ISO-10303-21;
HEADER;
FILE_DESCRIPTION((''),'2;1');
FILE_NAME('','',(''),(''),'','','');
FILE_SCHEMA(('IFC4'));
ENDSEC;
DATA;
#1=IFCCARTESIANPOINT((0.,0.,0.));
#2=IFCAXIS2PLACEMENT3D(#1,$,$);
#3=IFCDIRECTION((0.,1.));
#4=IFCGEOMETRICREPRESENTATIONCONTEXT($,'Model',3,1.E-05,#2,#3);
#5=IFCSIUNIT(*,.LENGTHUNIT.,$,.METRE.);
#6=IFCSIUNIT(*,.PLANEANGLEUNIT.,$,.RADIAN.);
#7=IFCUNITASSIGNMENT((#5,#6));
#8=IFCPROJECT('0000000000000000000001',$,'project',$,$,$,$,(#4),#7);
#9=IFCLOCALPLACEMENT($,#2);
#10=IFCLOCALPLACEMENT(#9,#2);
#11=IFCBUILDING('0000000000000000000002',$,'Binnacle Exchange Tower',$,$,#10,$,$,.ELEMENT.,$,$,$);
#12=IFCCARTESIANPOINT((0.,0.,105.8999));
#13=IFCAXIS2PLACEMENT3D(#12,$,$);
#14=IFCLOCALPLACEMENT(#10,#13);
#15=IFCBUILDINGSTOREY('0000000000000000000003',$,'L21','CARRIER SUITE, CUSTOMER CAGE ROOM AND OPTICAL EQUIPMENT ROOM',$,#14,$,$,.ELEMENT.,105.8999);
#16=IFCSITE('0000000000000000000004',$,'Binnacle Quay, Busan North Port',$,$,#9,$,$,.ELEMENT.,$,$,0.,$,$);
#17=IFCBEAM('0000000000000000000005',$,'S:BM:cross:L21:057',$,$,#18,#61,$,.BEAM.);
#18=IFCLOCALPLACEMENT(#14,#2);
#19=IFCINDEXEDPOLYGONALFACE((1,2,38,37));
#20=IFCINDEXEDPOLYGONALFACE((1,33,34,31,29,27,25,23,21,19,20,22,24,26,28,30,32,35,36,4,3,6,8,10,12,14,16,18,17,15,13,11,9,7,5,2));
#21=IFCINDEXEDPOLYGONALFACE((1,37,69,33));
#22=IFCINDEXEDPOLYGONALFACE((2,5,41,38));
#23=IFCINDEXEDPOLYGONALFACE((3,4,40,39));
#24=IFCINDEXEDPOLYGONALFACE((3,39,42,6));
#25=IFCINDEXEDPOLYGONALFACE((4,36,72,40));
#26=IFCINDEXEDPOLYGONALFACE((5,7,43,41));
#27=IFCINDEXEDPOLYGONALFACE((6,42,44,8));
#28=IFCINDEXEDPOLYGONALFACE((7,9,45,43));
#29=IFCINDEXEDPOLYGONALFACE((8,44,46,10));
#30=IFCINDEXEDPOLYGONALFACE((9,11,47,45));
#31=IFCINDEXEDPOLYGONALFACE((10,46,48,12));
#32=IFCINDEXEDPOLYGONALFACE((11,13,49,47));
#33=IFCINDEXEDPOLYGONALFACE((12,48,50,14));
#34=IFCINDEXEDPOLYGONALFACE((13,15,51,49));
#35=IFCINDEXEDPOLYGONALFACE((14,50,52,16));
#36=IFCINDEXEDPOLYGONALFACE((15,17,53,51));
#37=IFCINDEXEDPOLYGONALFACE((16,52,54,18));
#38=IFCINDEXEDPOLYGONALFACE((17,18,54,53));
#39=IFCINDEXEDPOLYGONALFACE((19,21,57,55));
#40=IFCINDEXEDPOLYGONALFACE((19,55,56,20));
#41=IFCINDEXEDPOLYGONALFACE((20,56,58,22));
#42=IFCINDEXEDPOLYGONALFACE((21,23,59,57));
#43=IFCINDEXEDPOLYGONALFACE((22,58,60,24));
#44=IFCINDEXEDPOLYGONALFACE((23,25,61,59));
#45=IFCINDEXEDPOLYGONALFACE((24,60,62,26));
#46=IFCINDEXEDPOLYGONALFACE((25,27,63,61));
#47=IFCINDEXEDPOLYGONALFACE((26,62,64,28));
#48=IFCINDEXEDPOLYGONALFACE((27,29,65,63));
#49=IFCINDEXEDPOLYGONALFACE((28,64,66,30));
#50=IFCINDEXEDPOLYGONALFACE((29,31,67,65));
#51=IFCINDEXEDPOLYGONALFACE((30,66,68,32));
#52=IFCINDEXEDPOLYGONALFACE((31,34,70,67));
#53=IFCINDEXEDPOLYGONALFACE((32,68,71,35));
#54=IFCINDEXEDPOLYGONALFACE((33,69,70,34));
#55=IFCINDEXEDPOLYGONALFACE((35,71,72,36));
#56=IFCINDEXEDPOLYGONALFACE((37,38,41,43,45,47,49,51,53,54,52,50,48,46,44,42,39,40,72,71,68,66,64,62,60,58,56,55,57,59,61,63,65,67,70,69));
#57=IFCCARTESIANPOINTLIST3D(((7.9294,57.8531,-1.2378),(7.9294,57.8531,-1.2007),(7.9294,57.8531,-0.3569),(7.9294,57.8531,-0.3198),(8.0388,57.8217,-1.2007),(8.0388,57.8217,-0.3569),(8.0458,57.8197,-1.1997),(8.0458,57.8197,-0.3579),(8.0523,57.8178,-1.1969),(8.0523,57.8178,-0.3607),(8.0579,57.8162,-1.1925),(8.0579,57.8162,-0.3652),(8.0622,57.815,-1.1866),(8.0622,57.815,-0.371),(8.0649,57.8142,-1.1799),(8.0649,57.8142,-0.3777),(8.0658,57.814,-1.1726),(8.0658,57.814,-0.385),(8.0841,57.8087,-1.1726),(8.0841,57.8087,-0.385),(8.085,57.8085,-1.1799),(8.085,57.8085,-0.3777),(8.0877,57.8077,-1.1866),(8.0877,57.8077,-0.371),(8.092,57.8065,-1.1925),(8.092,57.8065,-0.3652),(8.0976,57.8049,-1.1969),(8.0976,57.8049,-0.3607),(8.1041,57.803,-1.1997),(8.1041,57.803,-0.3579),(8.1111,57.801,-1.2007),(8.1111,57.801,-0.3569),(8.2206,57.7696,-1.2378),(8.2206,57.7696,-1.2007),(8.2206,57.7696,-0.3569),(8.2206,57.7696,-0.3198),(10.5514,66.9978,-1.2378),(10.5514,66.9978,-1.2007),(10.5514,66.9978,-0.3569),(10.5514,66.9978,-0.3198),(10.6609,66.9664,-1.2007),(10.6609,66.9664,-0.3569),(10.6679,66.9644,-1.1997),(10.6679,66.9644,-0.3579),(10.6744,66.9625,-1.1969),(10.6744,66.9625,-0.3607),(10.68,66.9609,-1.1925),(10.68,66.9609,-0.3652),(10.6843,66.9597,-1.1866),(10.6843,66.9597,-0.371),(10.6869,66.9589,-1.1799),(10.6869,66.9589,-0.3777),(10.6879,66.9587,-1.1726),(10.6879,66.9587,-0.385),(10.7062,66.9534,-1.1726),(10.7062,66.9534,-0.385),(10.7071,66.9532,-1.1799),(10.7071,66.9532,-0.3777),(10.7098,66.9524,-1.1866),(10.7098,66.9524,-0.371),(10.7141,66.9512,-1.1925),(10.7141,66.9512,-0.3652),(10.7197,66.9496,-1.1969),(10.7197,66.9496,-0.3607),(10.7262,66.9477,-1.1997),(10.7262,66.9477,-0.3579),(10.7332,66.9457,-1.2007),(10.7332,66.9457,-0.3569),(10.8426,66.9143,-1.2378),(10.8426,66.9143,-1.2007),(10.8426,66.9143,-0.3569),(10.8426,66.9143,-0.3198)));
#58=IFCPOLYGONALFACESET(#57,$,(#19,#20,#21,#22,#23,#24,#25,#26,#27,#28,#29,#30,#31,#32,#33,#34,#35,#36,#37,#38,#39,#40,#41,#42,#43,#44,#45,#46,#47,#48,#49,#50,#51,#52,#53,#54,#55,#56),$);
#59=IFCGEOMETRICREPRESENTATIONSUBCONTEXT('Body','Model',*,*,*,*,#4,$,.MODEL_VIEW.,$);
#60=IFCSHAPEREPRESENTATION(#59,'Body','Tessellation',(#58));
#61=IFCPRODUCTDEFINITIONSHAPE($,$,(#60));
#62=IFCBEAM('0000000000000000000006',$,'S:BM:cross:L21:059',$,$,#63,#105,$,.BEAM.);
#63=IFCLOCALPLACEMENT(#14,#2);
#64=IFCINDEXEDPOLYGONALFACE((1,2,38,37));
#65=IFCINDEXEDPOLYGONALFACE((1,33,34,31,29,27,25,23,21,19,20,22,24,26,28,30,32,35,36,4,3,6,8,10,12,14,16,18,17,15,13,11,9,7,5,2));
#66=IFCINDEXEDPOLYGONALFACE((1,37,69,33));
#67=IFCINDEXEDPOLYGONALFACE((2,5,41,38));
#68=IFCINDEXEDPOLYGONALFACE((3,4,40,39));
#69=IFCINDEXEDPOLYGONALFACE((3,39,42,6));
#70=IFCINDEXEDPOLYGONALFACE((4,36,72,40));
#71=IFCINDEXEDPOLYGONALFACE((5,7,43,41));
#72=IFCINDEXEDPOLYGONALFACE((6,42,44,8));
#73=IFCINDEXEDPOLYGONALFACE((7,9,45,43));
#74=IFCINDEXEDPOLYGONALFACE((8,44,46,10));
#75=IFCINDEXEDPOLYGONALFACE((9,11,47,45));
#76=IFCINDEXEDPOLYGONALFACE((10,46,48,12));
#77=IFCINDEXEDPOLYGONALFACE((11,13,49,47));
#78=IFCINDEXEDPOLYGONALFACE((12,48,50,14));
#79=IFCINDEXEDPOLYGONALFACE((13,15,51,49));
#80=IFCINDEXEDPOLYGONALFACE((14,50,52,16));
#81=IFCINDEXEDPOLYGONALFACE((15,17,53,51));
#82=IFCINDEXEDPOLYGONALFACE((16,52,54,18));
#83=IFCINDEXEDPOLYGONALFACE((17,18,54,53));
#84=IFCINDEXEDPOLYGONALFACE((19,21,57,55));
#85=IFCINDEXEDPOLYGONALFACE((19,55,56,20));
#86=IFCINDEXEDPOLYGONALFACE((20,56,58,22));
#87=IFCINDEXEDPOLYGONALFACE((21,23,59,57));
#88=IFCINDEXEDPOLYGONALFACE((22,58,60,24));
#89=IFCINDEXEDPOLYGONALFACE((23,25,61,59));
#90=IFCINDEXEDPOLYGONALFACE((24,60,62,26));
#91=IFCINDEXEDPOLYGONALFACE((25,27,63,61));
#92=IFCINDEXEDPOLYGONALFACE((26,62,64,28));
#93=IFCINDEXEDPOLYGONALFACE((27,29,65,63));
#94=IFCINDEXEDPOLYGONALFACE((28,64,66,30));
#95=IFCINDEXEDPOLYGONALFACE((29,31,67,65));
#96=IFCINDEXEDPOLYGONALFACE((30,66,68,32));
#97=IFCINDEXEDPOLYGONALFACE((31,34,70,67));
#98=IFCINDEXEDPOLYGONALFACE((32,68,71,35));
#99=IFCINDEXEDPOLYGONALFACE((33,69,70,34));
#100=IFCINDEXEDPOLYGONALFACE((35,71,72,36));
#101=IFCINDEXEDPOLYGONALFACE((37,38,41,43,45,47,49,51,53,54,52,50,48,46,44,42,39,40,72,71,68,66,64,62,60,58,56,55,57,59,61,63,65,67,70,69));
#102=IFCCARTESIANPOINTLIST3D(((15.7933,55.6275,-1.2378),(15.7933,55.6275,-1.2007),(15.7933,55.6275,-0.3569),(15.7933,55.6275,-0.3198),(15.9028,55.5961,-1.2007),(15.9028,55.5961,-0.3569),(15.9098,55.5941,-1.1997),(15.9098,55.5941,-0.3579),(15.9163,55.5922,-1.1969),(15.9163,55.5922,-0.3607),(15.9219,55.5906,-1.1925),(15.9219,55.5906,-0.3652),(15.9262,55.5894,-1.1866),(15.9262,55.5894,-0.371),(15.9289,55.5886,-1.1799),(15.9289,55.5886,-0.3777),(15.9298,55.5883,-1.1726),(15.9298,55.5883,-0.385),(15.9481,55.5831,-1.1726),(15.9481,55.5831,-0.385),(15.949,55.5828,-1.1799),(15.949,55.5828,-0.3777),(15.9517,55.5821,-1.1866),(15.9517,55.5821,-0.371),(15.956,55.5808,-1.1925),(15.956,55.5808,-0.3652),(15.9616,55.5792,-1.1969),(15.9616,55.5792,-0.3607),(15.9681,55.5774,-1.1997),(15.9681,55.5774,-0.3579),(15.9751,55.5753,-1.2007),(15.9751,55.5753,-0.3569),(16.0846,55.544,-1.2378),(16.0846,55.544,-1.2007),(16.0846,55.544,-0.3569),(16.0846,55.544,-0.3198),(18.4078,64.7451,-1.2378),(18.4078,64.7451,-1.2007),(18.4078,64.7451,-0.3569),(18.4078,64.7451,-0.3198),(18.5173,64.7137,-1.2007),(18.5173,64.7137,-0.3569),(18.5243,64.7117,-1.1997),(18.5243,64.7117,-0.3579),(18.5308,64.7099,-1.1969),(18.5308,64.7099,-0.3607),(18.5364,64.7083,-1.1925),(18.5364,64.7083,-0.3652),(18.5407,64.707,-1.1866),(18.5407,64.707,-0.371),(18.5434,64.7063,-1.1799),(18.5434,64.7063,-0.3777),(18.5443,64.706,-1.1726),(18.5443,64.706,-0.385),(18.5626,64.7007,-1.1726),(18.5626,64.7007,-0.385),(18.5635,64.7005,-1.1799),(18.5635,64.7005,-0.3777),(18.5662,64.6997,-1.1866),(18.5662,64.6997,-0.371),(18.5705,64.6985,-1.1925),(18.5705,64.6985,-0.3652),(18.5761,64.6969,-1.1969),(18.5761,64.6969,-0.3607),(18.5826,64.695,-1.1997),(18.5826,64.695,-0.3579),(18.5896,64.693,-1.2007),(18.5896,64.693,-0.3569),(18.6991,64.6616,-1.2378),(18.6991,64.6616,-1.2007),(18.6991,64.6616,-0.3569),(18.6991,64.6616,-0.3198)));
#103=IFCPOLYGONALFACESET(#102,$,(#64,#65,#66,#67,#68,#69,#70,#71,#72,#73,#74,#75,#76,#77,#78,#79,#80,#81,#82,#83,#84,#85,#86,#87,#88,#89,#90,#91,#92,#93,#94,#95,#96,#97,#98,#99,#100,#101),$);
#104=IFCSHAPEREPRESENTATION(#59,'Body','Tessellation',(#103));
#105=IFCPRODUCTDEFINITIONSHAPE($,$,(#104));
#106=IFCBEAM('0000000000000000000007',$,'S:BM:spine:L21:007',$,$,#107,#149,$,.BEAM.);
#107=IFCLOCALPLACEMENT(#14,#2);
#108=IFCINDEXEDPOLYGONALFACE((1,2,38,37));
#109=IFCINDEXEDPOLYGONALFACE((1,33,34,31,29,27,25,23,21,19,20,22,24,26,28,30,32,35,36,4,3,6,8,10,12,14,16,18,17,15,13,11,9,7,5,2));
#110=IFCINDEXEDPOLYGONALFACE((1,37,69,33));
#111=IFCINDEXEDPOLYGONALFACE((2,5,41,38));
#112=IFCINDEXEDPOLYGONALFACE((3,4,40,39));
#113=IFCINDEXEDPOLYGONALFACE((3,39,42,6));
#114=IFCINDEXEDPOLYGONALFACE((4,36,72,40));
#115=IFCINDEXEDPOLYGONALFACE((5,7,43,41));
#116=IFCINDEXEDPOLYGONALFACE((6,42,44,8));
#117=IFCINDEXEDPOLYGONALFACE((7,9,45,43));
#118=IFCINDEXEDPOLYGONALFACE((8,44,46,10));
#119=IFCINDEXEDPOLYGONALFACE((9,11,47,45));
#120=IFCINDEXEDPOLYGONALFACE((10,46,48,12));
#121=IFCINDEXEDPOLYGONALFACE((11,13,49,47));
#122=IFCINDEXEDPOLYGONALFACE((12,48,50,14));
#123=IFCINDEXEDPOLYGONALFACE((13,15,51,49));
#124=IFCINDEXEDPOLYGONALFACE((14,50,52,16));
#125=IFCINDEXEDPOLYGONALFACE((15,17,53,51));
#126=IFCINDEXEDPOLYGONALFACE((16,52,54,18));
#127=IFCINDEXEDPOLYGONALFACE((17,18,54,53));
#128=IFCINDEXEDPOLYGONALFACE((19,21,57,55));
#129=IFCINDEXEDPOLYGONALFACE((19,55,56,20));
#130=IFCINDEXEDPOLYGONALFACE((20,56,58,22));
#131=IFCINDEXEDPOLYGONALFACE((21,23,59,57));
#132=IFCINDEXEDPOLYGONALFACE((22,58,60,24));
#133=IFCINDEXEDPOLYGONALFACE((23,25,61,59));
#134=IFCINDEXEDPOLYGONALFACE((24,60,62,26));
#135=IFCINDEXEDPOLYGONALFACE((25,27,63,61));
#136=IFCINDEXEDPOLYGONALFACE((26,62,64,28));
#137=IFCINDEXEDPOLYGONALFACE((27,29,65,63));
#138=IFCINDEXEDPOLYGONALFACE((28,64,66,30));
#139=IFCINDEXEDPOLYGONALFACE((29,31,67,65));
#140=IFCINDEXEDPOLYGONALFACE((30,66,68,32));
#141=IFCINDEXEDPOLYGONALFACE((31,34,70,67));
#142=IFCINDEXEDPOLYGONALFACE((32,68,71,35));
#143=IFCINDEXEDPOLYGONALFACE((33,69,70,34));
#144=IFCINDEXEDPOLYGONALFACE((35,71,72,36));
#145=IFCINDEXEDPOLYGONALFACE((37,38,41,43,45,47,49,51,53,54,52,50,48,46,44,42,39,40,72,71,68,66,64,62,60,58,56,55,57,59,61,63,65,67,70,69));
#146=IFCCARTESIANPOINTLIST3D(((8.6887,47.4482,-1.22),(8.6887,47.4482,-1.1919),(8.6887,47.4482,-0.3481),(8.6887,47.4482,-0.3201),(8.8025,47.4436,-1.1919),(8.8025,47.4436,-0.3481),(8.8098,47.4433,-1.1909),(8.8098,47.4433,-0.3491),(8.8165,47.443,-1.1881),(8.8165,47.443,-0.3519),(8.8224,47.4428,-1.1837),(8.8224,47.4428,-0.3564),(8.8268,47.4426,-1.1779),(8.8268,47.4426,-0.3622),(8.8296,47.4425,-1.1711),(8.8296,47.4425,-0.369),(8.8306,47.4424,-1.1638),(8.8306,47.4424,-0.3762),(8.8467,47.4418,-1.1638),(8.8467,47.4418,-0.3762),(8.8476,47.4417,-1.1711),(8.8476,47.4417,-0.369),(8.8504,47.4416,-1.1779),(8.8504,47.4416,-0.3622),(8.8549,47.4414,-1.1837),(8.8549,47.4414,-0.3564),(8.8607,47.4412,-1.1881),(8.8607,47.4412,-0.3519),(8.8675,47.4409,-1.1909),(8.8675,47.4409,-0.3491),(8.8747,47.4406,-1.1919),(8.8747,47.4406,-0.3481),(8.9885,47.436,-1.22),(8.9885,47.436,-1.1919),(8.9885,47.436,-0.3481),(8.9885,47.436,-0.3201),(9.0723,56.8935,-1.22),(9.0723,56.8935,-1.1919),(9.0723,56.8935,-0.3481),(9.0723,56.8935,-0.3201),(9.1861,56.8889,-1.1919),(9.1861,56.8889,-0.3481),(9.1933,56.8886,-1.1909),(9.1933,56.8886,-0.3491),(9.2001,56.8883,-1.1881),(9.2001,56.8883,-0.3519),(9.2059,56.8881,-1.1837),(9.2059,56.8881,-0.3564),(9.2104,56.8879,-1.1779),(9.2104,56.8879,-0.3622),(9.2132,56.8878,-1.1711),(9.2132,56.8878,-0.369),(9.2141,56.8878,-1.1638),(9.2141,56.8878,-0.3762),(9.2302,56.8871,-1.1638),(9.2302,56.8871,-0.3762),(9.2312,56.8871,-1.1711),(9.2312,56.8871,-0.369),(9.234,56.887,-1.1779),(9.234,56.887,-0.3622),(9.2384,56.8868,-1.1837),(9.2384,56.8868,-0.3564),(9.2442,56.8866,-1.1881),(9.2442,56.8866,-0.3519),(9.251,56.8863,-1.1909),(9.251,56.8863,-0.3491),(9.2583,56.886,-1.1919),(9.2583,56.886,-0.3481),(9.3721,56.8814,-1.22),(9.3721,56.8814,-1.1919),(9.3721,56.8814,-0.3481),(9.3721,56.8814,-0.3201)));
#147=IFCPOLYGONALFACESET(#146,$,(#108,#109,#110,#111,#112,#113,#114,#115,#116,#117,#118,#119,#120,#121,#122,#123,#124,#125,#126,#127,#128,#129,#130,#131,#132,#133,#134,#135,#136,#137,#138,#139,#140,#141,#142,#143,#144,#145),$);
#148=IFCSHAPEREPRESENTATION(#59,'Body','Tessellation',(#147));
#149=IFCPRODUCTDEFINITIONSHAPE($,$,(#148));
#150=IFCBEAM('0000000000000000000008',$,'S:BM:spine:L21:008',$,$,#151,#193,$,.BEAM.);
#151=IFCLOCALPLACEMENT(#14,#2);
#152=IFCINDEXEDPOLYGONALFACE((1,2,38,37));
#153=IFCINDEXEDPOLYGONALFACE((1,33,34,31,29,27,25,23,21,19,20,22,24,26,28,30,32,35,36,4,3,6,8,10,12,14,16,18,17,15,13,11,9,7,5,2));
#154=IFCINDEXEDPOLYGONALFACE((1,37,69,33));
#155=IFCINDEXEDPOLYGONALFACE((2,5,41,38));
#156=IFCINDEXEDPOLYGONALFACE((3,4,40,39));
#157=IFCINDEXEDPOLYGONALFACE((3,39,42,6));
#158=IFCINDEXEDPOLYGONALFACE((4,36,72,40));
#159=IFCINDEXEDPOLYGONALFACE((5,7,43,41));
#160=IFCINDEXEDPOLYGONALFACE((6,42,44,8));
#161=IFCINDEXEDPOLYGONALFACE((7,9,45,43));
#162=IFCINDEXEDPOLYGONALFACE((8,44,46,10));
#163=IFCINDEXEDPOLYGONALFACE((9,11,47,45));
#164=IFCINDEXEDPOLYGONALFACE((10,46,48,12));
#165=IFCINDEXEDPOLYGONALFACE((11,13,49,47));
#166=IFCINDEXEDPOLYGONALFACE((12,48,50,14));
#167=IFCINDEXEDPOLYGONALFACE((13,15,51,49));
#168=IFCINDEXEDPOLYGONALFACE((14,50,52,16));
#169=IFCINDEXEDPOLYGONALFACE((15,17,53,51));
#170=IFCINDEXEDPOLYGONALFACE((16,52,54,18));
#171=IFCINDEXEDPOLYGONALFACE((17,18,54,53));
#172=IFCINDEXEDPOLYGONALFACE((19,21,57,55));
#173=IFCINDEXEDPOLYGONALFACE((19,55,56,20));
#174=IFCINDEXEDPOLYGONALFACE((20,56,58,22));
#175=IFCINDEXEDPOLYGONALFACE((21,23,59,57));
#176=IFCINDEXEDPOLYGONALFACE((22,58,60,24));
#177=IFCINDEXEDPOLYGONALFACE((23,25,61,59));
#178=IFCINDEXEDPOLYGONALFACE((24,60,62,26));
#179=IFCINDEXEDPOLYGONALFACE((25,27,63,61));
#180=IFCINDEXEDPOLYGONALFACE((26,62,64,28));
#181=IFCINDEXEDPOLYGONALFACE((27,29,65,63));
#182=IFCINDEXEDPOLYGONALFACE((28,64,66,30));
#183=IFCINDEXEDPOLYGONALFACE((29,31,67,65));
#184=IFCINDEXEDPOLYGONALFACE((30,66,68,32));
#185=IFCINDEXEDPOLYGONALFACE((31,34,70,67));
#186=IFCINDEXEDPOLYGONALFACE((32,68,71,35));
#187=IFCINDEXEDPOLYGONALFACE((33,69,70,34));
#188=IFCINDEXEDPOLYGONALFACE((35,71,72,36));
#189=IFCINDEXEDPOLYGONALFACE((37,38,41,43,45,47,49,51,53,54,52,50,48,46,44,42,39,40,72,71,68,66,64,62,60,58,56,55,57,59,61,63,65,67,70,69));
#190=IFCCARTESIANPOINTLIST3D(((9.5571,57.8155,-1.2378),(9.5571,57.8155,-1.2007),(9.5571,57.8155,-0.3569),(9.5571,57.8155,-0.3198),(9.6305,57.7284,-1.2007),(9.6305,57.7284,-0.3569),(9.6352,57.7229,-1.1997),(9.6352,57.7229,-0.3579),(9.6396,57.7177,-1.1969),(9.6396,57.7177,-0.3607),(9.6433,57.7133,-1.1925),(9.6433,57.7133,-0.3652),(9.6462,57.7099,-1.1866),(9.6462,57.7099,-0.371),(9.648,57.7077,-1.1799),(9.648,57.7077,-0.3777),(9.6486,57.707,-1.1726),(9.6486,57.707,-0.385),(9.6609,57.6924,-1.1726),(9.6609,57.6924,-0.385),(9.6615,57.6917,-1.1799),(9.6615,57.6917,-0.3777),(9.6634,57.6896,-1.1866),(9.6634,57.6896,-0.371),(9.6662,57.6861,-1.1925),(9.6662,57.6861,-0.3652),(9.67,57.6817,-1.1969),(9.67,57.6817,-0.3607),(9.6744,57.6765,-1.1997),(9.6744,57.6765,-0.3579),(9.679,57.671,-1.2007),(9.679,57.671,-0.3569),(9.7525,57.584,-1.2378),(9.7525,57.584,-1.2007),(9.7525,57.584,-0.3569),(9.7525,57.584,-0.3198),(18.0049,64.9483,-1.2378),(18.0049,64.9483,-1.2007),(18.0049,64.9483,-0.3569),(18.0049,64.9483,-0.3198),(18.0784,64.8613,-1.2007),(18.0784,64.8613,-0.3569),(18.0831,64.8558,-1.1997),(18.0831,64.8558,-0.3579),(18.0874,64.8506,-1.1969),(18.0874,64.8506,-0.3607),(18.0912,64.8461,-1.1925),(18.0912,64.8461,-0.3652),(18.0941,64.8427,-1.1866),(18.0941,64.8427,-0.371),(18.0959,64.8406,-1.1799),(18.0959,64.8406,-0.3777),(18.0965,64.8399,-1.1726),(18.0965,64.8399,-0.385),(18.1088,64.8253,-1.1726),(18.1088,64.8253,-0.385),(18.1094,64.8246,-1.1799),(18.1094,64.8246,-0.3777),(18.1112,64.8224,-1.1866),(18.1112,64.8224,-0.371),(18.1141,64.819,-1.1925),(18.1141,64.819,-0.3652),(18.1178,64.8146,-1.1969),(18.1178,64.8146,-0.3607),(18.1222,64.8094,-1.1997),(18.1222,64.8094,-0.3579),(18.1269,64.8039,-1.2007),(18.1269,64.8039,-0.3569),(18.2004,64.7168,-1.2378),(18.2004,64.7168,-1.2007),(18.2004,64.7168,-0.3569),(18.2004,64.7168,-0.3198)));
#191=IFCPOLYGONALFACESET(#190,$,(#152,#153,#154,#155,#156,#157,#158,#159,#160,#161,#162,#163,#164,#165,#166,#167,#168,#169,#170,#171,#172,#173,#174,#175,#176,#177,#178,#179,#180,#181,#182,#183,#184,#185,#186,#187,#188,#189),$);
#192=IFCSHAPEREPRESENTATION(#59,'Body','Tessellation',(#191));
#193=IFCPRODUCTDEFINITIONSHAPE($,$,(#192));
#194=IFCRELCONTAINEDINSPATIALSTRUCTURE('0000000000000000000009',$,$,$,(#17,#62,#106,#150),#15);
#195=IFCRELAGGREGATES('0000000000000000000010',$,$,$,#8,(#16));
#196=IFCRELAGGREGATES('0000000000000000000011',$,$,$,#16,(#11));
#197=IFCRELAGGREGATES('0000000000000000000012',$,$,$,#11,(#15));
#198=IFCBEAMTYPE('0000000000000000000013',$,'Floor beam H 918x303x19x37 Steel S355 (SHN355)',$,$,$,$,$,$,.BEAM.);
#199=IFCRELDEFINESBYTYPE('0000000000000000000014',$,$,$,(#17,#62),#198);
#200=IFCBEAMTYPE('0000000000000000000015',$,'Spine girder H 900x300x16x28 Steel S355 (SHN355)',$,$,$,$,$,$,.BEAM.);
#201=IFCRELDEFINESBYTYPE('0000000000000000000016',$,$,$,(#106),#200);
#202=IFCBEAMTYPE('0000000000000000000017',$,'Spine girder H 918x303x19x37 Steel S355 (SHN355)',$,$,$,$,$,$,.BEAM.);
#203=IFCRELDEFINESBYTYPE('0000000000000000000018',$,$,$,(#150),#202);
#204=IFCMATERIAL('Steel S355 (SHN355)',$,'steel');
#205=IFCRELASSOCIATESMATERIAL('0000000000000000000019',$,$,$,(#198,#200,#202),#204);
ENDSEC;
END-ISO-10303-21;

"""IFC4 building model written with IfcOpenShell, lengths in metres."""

from ifc_helpers import new_model, si_unit, direction, frame, origin, origin_2d, place, context, subcontext, project, spatial, i_section, extrude, material, material_profile, profile_set, type_object, element, save


model = new_model("IFC4")

# Units and contexts
model_context = context("Model", 3, precision=1e-05, world=origin(), true_north=direction((0.0, 1.0)))
body_context = subcontext(model_context, "Body", "Model", "MODEL_VIEW")
ifc_project = project(units=[si_unit("LENGTHUNIT", "METRE"), si_unit("PLANEANGLEUNIT", "RADIAN")], contexts=[model_context])

# Site, building, storey
site_placement = place(None, origin())
site = spatial("IfcSite", under=ifc_project, at=site_placement, Name="Binnacle Quay, Busan North Port", CompositionType="ELEMENT", RefElevation=0.0)
building_placement = place(site_placement, origin())
building = spatial("IfcBuilding", under=site, at=building_placement, Name="Binnacle Exchange Tower", CompositionType="ELEMENT")
storey_placement = place(building_placement, frame((0.0, 0.0, 105.8999)))
storey = spatial("IfcBuildingStorey", under=building, at=storey_placement, Name="L21", Description="CARRIER SUITE, CUSTOMER CAGE ROOM AND OPTICAL EQUIPMENT ROOM", CompositionType="ELEMENT", Elevation=105.8999)

# Beams
ifc_material_1 = material(Name="Steel S355 (SHN355)", Category="steel")
ifc_material_profile_1 = material_profile(ifc_material_1, i_section(OverallWidth=0.303, OverallDepth=0.918, WebThickness=0.019, FlangeThickness=0.0371, FilletRadius=0.0281, at=origin_2d()), Name="H 918x303x19x37")
ifc_profile_set_1 = profile_set([ifc_material_profile_1], Name="Steel S355 (SHN355)")
beam_type_1 = type_object("IfcBeamType", Name="Floor beam H 918x303x19x37 Steel S355 (SHN355)", PredefinedType="BEAM", material=ifc_profile_set_1)
beam_1_placement = place(storey_placement, frame((10.697, 66.9561, -0.7788), z_axis=(-0.275623, -0.961266, 0.0), x_axis=(0.961266, -0.275623, 0.0)))
element("IfcBeam", 1, at=beam_1_placement, inside=storey, type_object=beam_type_1, Name="S:BM:cross:L21:057", PredefinedType="BEAM", context=body_context, shape_type="SweptSolid", body=[
    extrude(i_section(OverallWidth=0.303, OverallDepth=0.918, WebThickness=0.019, FlangeThickness=0.0371, FilletRadius=0.0281, at=origin_2d()), origin(), (0.0, 0.0, 1.0), 9.5132),
])
beam_2_placement = place(storey_placement, frame((18.5535, 64.7034, -0.7788), z_axis=(-0.275642, -0.96126, 0.0), x_axis=(0.96126, -0.275642, 0.0)))
element("IfcBeam", 2, at=beam_2_placement, inside=storey, type_object=beam_type_1, Name="S:BM:cross:L21:059", PredefinedType="BEAM", context=body_context, shape_type="SweptSolid", body=[
    extrude(i_section(OverallWidth=0.303, OverallDepth=0.918, WebThickness=0.019, FlangeThickness=0.0371, FilletRadius=0.0281, at=origin_2d()), origin(), (0.0, 0.0, 1.0), 9.4851),
])
ifc_material_profile_2 = material_profile(ifc_material_1, i_section(OverallWidth=0.3, OverallDepth=0.8999, WebThickness=0.0161, FlangeThickness=0.0281, FilletRadius=0.0281, at=origin_2d()), Name="H 900x300x16x28")
ifc_profile_set_2 = profile_set([ifc_material_profile_2], Name="Steel S355 (SHN355)")
beam_type_2 = type_object("IfcBeamType", Name="Spine girder H 900x300x16x28 Steel S355 (SHN355)", PredefinedType="BEAM", material=ifc_profile_set_2)
beam_3_placement = place(storey_placement, frame((9.2222, 56.8875, -0.77), z_axis=(-0.040573, -0.999177, 0.0), x_axis=(0.999177, -0.040573, 0.0)))
element("IfcBeam", 3, at=beam_3_placement, inside=storey, type_object=beam_type_2, Name="S:BM:spine:L21:007", PredefinedType="BEAM", context=body_context, shape_type="SweptSolid", body=[
    extrude(i_section(OverallWidth=0.3, OverallDepth=0.8999, WebThickness=0.0161, FlangeThickness=0.0281, FilletRadius=0.0281, at=origin_2d()), origin(), (0.0, 0.0, 1.0), 9.4531),
])
ifc_material_profile_3 = material_profile(ifc_material_1, i_section(OverallWidth=0.303, OverallDepth=0.918, WebThickness=0.019, FlangeThickness=0.0371, FilletRadius=0.0281, at=origin_2d()), Name="H 918x303x19x37")
ifc_profile_set_3 = profile_set([ifc_material_profile_3], Name="Steel S355 (SHN355)")
beam_type_3 = type_object("IfcBeamType", Name="Spine girder H 918x303x19x37 Steel S355 (SHN355)", PredefinedType="BEAM", material=ifc_profile_set_3)
beam_4_placement = place(storey_placement, frame((9.6548, 57.6997, -0.7788), z_axis=(0.764068, 0.645136, 0.0), x_axis=(-0.645136, 0.764068, 0.0)))
element("IfcBeam", 4, at=beam_4_placement, inside=storey, type_object=beam_type_3, Name="S:BM:spine:L21:008", PredefinedType="BEAM", context=body_context, shape_type="SweptSolid", body=[
    extrude(i_section(OverallWidth=0.303, OverallDepth=0.918, WebThickness=0.019, FlangeThickness=0.0371, FilletRadius=0.0281, at=origin_2d()), origin(), (0.0, 0.0, 1.0), 11.0564),
])

save(model, "model.ifc")
